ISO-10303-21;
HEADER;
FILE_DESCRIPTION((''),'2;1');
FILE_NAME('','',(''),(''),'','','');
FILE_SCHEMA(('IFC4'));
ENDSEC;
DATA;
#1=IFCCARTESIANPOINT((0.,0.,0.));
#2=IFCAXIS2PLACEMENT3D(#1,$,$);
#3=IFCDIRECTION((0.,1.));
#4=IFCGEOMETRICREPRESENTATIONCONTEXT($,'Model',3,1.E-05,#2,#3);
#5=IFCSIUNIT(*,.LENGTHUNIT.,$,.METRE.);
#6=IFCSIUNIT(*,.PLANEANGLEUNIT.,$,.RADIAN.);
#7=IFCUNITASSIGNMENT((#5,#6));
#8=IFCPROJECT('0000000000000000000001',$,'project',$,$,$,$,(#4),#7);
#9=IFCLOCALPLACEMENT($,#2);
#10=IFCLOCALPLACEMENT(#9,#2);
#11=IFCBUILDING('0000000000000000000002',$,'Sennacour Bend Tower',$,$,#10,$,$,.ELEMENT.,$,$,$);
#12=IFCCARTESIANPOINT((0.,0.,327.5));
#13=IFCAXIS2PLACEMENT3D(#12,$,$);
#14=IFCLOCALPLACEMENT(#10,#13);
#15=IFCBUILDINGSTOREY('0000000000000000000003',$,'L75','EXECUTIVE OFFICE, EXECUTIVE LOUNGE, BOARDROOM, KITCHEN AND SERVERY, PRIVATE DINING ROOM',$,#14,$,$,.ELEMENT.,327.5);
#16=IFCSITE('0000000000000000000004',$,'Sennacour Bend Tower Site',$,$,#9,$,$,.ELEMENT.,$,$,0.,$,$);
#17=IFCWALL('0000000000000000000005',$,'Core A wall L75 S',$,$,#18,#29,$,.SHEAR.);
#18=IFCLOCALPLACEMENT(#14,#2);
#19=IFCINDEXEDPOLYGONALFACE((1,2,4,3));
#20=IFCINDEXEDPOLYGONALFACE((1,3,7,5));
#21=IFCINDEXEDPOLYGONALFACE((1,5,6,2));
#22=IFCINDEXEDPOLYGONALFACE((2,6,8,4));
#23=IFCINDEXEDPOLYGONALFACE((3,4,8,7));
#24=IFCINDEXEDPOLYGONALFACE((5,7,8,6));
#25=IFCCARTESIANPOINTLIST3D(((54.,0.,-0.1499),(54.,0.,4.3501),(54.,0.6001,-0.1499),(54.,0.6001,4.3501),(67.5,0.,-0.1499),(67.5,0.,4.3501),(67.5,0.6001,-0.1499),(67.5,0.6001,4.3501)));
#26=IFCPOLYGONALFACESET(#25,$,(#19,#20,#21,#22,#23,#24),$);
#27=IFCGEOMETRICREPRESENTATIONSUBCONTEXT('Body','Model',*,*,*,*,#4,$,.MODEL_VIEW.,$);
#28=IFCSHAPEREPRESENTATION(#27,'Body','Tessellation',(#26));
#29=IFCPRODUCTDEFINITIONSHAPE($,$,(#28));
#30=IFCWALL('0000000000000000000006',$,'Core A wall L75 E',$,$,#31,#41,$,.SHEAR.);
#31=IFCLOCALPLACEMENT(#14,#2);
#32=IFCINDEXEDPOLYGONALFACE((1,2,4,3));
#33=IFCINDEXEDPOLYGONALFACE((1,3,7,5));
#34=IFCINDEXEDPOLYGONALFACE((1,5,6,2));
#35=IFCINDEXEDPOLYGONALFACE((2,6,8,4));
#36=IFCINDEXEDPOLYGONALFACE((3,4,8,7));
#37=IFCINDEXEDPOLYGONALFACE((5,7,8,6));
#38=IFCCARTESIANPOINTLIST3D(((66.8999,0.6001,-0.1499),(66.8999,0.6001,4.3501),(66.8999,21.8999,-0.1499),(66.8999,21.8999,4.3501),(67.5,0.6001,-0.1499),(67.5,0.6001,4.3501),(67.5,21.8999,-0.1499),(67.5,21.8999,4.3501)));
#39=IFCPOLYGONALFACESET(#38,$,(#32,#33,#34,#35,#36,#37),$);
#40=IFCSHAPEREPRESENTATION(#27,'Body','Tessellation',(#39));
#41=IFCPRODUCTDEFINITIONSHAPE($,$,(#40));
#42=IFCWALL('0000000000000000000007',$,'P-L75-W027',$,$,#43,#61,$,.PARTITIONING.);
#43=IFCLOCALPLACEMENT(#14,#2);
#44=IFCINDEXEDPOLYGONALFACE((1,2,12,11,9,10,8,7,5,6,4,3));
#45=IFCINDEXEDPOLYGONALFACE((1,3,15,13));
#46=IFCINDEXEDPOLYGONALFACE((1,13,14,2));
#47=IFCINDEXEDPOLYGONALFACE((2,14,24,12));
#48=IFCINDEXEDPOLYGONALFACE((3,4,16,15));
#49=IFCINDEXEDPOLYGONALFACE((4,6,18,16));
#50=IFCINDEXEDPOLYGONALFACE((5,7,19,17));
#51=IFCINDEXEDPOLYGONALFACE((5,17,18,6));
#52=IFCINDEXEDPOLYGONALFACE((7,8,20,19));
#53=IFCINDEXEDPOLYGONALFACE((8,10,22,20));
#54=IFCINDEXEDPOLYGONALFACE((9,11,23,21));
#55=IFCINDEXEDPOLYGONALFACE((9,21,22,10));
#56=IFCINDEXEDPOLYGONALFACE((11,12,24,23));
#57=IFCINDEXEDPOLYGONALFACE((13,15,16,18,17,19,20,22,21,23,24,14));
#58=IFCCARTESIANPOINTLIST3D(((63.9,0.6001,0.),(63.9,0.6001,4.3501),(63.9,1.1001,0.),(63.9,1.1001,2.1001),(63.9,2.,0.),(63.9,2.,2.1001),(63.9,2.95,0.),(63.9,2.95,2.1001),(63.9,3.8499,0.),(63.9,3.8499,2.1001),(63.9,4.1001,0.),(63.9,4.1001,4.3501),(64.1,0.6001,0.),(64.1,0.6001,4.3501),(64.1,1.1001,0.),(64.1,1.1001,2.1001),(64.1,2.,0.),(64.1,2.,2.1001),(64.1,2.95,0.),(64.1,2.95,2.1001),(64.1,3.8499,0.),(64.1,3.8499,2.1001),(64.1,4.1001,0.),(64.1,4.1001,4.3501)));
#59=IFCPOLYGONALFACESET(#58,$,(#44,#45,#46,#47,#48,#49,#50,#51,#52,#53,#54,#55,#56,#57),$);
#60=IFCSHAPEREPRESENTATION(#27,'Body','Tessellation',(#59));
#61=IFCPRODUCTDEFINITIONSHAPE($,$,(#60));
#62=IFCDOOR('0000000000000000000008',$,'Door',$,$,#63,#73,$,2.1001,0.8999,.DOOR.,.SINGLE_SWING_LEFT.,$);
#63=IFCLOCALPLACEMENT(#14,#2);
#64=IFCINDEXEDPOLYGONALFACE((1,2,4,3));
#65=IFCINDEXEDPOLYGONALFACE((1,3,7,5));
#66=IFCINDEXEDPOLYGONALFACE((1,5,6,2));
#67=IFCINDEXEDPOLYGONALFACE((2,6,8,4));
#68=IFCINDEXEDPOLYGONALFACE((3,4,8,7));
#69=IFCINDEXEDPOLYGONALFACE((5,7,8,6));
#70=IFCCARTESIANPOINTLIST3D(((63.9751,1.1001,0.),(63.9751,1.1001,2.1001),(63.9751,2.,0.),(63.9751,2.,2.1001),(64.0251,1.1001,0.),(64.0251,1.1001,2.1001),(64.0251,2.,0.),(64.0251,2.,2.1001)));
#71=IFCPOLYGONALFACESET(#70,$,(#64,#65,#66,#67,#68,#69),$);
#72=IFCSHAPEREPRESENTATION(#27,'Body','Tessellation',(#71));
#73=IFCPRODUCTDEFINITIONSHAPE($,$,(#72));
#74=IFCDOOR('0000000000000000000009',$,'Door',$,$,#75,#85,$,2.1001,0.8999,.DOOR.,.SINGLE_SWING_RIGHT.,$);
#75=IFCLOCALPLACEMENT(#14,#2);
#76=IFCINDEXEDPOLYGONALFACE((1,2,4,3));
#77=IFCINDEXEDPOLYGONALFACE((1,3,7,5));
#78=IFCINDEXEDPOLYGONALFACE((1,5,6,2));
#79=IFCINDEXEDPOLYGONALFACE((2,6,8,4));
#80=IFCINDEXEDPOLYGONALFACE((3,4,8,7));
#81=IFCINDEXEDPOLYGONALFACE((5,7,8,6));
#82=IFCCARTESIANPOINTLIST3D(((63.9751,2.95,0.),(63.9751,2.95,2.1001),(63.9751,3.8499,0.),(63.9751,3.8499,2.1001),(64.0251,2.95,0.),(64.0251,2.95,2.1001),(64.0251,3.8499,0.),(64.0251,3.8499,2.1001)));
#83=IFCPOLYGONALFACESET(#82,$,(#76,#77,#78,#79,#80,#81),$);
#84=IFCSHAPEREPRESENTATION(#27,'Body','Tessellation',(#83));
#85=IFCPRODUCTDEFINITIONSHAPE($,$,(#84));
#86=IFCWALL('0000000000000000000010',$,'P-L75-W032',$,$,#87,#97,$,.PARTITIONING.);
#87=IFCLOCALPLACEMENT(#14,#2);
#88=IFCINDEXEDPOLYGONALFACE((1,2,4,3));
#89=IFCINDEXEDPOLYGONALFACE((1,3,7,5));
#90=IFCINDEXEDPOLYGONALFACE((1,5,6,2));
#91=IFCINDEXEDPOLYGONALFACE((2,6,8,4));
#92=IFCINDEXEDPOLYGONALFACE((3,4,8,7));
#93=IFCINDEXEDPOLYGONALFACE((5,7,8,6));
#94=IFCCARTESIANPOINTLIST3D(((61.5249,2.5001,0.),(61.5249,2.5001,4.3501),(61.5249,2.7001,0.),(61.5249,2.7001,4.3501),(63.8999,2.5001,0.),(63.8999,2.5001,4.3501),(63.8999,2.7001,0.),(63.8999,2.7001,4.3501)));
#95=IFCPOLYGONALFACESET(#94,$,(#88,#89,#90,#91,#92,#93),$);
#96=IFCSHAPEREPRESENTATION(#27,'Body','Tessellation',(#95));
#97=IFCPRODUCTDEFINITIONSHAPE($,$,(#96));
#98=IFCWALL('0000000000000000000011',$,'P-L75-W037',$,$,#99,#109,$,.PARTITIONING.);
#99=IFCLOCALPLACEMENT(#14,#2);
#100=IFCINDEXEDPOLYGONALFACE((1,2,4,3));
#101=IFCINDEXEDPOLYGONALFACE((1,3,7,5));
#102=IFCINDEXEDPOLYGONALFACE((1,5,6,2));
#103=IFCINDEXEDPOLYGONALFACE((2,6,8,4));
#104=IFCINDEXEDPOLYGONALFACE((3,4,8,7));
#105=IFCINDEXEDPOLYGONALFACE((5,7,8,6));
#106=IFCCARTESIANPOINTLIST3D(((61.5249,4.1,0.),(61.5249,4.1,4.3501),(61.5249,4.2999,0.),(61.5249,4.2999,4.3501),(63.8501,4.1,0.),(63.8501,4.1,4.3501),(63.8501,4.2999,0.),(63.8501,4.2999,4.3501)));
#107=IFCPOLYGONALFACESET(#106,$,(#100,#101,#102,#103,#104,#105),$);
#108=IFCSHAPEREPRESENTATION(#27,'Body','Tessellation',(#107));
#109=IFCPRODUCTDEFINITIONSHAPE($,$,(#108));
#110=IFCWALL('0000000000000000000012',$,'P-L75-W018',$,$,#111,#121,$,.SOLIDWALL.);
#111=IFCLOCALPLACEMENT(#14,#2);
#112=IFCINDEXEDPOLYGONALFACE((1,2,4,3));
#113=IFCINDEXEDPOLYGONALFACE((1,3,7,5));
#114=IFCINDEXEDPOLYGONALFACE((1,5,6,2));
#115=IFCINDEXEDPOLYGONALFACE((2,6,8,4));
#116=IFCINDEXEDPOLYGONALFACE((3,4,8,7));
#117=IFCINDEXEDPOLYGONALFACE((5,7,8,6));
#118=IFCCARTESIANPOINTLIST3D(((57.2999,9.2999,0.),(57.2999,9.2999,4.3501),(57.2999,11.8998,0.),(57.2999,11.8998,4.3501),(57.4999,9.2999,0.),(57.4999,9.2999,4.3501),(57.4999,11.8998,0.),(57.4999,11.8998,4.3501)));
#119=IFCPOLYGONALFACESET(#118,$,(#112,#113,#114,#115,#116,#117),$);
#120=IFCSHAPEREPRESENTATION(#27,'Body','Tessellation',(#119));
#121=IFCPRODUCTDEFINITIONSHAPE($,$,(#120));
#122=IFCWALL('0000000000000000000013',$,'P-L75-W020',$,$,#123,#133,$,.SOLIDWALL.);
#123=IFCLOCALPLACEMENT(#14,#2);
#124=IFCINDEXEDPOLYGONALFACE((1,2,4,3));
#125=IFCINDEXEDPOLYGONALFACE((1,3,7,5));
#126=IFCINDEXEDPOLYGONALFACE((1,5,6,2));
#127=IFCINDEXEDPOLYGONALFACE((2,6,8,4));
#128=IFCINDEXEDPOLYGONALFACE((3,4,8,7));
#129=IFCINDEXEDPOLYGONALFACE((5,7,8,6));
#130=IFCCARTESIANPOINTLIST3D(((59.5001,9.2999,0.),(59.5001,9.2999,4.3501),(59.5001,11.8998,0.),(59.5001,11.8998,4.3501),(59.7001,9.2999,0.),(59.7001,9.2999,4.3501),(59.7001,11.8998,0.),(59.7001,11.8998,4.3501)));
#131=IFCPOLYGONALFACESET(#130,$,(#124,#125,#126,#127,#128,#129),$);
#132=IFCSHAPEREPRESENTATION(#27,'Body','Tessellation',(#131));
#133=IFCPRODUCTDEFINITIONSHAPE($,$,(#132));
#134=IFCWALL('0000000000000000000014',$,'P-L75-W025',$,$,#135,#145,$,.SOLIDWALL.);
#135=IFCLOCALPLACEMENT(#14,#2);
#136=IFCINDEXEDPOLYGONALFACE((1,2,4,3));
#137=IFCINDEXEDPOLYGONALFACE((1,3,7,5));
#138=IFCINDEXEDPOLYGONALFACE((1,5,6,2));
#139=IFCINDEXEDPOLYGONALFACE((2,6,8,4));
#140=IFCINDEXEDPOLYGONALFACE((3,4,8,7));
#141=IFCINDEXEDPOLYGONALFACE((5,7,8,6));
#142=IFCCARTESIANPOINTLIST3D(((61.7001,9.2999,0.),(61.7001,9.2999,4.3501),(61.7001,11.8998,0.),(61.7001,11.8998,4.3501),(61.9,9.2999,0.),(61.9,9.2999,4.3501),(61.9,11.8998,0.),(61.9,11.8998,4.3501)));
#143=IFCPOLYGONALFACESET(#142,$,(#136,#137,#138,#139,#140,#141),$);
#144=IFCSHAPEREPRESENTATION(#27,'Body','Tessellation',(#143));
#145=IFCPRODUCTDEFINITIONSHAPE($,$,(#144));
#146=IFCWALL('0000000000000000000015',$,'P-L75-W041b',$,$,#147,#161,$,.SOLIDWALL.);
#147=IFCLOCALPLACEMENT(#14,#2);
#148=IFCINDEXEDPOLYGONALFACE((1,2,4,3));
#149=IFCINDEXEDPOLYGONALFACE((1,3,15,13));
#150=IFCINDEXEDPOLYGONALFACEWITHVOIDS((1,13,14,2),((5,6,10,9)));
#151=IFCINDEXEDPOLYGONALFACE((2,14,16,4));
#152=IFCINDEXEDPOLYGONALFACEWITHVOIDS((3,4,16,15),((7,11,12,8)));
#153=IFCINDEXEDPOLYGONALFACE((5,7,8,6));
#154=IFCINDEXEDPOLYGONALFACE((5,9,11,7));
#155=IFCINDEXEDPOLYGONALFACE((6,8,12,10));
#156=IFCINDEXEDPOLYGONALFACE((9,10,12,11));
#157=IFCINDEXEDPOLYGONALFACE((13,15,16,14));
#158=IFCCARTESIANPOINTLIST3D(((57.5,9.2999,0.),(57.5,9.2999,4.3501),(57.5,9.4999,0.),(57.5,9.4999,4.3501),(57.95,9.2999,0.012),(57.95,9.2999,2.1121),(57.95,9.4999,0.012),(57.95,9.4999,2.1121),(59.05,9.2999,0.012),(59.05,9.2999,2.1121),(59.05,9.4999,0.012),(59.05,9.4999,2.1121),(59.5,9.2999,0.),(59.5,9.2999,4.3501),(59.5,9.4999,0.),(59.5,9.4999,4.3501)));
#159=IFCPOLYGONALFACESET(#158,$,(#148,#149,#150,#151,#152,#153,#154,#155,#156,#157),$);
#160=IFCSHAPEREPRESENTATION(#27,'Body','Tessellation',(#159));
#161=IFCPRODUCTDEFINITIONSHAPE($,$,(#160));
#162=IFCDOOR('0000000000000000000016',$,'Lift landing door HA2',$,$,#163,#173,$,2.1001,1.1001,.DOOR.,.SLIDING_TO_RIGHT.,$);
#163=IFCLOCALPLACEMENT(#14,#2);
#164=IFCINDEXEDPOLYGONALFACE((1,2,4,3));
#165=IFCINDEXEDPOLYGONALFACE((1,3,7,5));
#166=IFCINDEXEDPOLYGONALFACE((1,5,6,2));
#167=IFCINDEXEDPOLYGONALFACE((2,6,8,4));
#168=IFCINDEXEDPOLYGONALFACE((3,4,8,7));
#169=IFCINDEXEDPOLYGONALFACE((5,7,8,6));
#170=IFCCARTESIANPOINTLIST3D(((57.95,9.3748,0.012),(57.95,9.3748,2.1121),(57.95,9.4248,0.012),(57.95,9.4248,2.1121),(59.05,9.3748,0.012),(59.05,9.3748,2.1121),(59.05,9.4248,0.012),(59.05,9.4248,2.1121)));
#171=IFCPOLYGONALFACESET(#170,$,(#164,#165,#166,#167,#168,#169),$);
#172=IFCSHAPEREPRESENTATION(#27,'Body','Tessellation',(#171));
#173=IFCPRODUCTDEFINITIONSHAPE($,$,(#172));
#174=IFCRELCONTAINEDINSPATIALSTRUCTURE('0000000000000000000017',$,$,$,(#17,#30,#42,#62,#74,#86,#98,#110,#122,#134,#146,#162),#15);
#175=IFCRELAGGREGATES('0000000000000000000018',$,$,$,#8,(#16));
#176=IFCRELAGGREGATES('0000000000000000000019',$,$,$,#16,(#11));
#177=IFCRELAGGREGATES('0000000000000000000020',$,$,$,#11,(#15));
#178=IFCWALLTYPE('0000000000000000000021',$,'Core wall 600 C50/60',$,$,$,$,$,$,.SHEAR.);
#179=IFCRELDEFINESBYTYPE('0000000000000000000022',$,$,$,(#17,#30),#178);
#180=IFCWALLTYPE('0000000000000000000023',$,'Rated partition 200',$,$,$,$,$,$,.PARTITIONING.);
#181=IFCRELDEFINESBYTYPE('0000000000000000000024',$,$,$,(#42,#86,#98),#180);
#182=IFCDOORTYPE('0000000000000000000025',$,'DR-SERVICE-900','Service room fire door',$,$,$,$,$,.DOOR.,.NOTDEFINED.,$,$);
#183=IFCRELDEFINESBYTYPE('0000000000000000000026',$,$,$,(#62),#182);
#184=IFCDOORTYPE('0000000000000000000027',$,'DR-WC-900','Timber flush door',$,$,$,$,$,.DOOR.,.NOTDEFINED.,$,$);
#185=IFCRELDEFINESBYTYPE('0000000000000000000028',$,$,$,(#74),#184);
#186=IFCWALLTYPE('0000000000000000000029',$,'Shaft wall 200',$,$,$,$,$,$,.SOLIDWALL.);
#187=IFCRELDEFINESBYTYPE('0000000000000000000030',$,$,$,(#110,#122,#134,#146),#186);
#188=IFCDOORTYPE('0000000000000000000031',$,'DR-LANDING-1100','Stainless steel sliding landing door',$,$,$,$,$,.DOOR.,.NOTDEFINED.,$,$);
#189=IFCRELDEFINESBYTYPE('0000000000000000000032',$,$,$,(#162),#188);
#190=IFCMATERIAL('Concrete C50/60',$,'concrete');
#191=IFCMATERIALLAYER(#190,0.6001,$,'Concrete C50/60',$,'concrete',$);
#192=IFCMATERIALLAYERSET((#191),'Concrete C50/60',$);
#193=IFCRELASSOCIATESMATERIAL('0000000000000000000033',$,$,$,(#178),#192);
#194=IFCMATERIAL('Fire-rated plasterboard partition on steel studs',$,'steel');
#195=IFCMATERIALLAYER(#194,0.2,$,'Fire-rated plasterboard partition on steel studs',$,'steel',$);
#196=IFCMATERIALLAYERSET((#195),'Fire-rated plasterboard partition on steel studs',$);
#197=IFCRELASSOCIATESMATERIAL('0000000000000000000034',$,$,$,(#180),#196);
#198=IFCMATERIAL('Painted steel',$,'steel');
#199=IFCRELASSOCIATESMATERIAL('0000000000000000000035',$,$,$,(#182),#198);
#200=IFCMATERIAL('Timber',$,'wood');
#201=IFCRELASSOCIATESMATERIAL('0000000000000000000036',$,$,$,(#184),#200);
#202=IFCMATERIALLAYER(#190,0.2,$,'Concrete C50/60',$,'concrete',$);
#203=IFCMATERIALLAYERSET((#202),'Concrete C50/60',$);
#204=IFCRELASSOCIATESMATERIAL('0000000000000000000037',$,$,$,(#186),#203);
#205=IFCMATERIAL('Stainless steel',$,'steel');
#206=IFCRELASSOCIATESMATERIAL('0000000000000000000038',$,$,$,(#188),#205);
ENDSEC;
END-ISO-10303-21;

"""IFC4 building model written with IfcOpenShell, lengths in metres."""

from ifc_helpers import new_model, si_unit, direction, frame, frame_2d, origin, place, context, subcontext, project, spatial, rectangle, extrude, material, layer, layer_set, type_object, element, fill, save


model = new_model("IFC4")

# Units and contexts
model_context = context("Model", 3, precision=1e-05, world=origin(), true_north=direction((0.0, 1.0)))
body_context = subcontext(model_context, "Body", "Model", "MODEL_VIEW")
ifc_project = project(units=[si_unit("LENGTHUNIT", "METRE"), si_unit("PLANEANGLEUNIT", "RADIAN")], contexts=[model_context])

# Site, building, storey
site_placement = place(None, origin())
site = spatial("IfcSite", under=ifc_project, at=site_placement, Name="Sennacour Bend Tower Site", CompositionType="ELEMENT", RefElevation=0.0)
building_placement = place(site_placement, origin())
building = spatial("IfcBuilding", under=site, at=building_placement, Name="Sennacour Bend Tower", CompositionType="ELEMENT")
storey_placement = place(building_placement, frame((0.0, 0.0, 327.5)))
storey = spatial("IfcBuildingStorey", under=building, at=storey_placement, Name="L75", Description="EXECUTIVE OFFICE, EXECUTIVE LOUNGE, BOARDROOM, KITCHEN AND SERVERY, PRIVATE DINING ROOM", CompositionType="ELEMENT", Elevation=327.5)

# Walls
ifc_material_1 = material(Name="Concrete C50/60", Category="concrete")
ifc_layer_1 = layer(ifc_material_1, 0.6001, Name="Concrete C50/60", Category="concrete")
ifc_layer_set_1 = layer_set([ifc_layer_1], Name="Concrete C50/60")
wall_type_1 = type_object("IfcWallType", Name="Core wall 600 C50/60", PredefinedType="SHEAR", material=ifc_layer_set_1)
wall_1_placement = place(storey_placement, frame((67.5, 0.3, -0.1499), z_axis=(0.0, 0.0, 1.0), x_axis=(-1.0, 0.0, 0.0)))
element("IfcWall", 1, at=wall_1_placement, inside=storey, type_object=wall_type_1, Name="Core A wall L75 S", PredefinedType="SHEAR", context=body_context, shape_type="SweptSolid", body=[
    extrude(rectangle(XDim=13.5, YDim=0.6001, at=frame_2d((6.75, 0.0))), origin(), (0.0, 0.0, 1.0), 4.5),
])
wall_2_placement = place(storey_placement, frame((67.2, 0.6001, -0.1499), z_axis=(0.0, 0.0, 1.0), x_axis=(0.0, 1.0, 0.0)))
element("IfcWall", 2, at=wall_2_placement, inside=storey, type_object=wall_type_1, Name="Core A wall L75 E", PredefinedType="SHEAR", context=body_context, shape_type="SweptSolid", body=[
    extrude(rectangle(XDim=21.2998, YDim=0.6001, at=frame_2d((10.6499, 0.0))), origin(), (0.0, 0.0, 1.0), 4.5),
])

# Wall, openings, doors
ifc_material_2 = material(Name="Fire-rated plasterboard partition on steel studs", Category="steel")
ifc_layer_2 = layer(ifc_material_2, 0.2, Name="Fire-rated plasterboard partition on steel studs", Category="steel")
ifc_layer_set_2 = layer_set([ifc_layer_2], Name="Fire-rated plasterboard partition on steel studs")
wall_type_2 = type_object("IfcWallType", Name="Rated partition 200", PredefinedType="PARTITIONING", material=ifc_layer_set_2)
wall_3_placement = place(storey_placement, frame((64.0, 0.6001, 0.0), z_axis=(0.0, 0.0, 1.0), x_axis=(0.0, 1.0, 0.0)))
wall_3 = element("IfcWall", 3, at=wall_3_placement, inside=storey, type_object=wall_type_2, Name="P-L75-W027", PredefinedType="PARTITIONING", context=body_context, shape_type="SweptSolid", body=[
    extrude(rectangle(XDim=3.5, YDim=0.2, at=frame_2d((1.75, 0.0))), origin(), (0.0, 0.0, 1.0), 4.3501),
])
opening_1_placement = place(wall_3_placement, frame((0.5, 0.0, 0.0)))
opening_1 = element("IfcOpeningElement", 4, at=opening_1_placement, cuts=wall_3, PredefinedType="OPENING", context=body_context, shape_type="SweptSolid", body=[
    extrude(rectangle(XDim=0.8999, YDim=2.1001, at=frame_2d((0.45, 1.05))), frame((0.0, 0.1099, 0.0), z_axis=(0.0, -1.0, 0.0), x_axis=(1.0, 0.0, 0.0)), (0.0, 0.0, 1.0), 0.22),
])
opening_2_placement = place(wall_3_placement, frame((2.3499, 0.0, 0.0)))
opening_2 = element("IfcOpeningElement", 5, at=opening_2_placement, cuts=wall_3, PredefinedType="OPENING", context=body_context, shape_type="SweptSolid", body=[
    extrude(rectangle(XDim=0.8999, YDim=2.1001, at=frame_2d((0.45, 1.05))), frame((0.0, 0.1099, 0.0), z_axis=(0.0, -1.0, 0.0), x_axis=(1.0, 0.0, 0.0)), (0.0, 0.0, 1.0), 0.22),
])
ifc_material_3 = material(Name="Painted steel", Category="steel")
door_type_1 = type_object("IfcDoorType", Name="DR-SERVICE-900", Description="Service room fire door", OperationType="NOTDEFINED", PredefinedType="DOOR", material=ifc_material_3)
door_1_placement = place(opening_1_placement, origin())
door_1 = element("IfcDoor", 6, at=door_1_placement, inside=storey, type_object=door_type_1, Name="Door", OperationType="SINGLE_SWING_LEFT", OverallHeight=2.1001, OverallWidth=0.8999, PredefinedType="DOOR", context=body_context, shape_type="SweptSolid", body=[
    extrude(rectangle(XDim=0.8999, YDim=2.1001, at=frame_2d((0.45, 1.05))), frame((0.0, 0.0249, 0.0), z_axis=(0.0, -1.0, 0.0), x_axis=(1.0, 0.0, 0.0)), (0.0, 0.0, 1.0), 0.05),
])
fill(opening_1, door_1)
ifc_material_4 = material(Name="Timber", Category="wood")
door_type_2 = type_object("IfcDoorType", Name="DR-WC-900", Description="Timber flush door", OperationType="NOTDEFINED", PredefinedType="DOOR", material=ifc_material_4)
door_2_placement = place(opening_2_placement, origin())
door_2 = element("IfcDoor", 7, at=door_2_placement, inside=storey, type_object=door_type_2, Name="Door", OperationType="SINGLE_SWING_RIGHT", OverallHeight=2.1001, OverallWidth=0.8999, PredefinedType="DOOR", context=body_context, shape_type="SweptSolid", body=[
    extrude(rectangle(XDim=0.8999, YDim=2.1001, at=frame_2d((0.45, 1.05))), frame((0.0, 0.0249, 0.0), z_axis=(0.0, -1.0, 0.0), x_axis=(1.0, 0.0, 0.0)), (0.0, 0.0, 1.0), 0.05),
])
fill(opening_2, door_2)

# Walls
wall_4_placement = place(storey_placement, frame((61.5249, 2.6001, 0.0), z_axis=(0.0, 0.0, 1.0), x_axis=(1.0, 0.0, 0.0)))
element("IfcWall", 8, at=wall_4_placement, inside=storey, type_object=wall_type_2, Name="P-L75-W032", PredefinedType="PARTITIONING", context=body_context, shape_type="SweptSolid", body=[
    extrude(rectangle(XDim=2.375, YDim=0.2, at=frame_2d((1.1875, 0.0))), origin(), (0.0, 0.0, 1.0), 4.3501),
])
wall_5_placement = place(storey_placement, frame((61.5249, 4.2, 0.0), z_axis=(0.0, 0.0, 1.0), x_axis=(1.0, 0.0, 0.0)))
element("IfcWall", 9, at=wall_5_placement, inside=storey, type_object=wall_type_2, Name="P-L75-W037", PredefinedType="PARTITIONING", context=body_context, shape_type="SweptSolid", body=[
    extrude(rectangle(XDim=2.3252, YDim=0.2, at=frame_2d((1.1626, 0.0))), origin(), (0.0, 0.0, 1.0), 4.3501),
])
ifc_layer_3 = layer(ifc_material_1, 0.2, Name="Concrete C50/60", Category="concrete")
ifc_layer_set_3 = layer_set([ifc_layer_3], Name="Concrete C50/60")
wall_type_3 = type_object("IfcWallType", Name="Shaft wall 200", PredefinedType="SOLIDWALL", material=ifc_layer_set_3)
for number, where, z_axis, x_axis, name in (
    (10, (57.3999, 9.3, 0.0), (0.0, 0.0, 1.0), (0.0, 1.0, 0.0), "P-L75-W018"),
    (11, (59.6001, 9.3, 0.0), (0.0, 0.0, 1.0), (0.0, 1.0, 0.0), "P-L75-W020"),
    (12, (61.8, 9.3, 0.0), (0.0, 0.0, 1.0), (0.0, 1.0, 0.0), "P-L75-W025"),
):
    element("IfcWall", number, at=place(storey_placement, frame(where, z_axis=z_axis, x_axis=x_axis)), inside=storey, type_object=wall_type_3, Name=name, PredefinedType="SOLIDWALL", context=body_context, shape_type="SweptSolid", body=[
        extrude(rectangle(XDim=2.5999, YDim=0.2, at=frame_2d((1.2998, 0.0))), origin(), (0.0, 0.0, 1.0), 4.3501),
    ])

# Wall, opening, door
wall_6_placement = place(storey_placement, frame((57.5, 9.3999, 0.0), z_axis=(0.0, 0.0, 1.0), x_axis=(1.0, 0.0, 0.0)))
wall_6 = element("IfcWall", 13, at=wall_6_placement, inside=storey, type_object=wall_type_3, Name="P-L75-W041b", PredefinedType="SOLIDWALL", context=body_context, shape_type="SweptSolid", body=[
    extrude(rectangle(XDim=2.0, YDim=0.2, at=frame_2d((1.0, 0.0))), origin(), (0.0, 0.0, 1.0), 4.3501),
])
opening_3_placement = place(wall_6_placement, frame((0.45, 0.0, 0.012)))
opening_3 = element("IfcOpeningElement", 14, at=opening_3_placement, cuts=wall_6, PredefinedType="OPENING", context=body_context, shape_type="SweptSolid", body=[
    extrude(rectangle(XDim=1.1001, YDim=2.1001, at=frame_2d((0.55, 1.05))), frame((0.0, 0.1099, 0.0), z_axis=(0.0, -1.0, 0.0), x_axis=(1.0, 0.0, 0.0)), (0.0, 0.0, 1.0), 0.22),
])
ifc_material_5 = material(Name="Stainless steel", Category="steel")
door_type_3 = type_object("IfcDoorType", Name="DR-LANDING-1100", Description="Stainless steel sliding landing door", OperationType="NOTDEFINED", PredefinedType="DOOR", material=ifc_material_5)
door_3_placement = place(opening_3_placement, origin())
door_3 = element("IfcDoor", 15, at=door_3_placement, inside=storey, type_object=door_type_3, Name="Lift landing door HA2", OperationType="SLIDING_TO_RIGHT", OverallHeight=2.1001, OverallWidth=1.1001, PredefinedType="DOOR", context=body_context, shape_type="SweptSolid", body=[
    extrude(rectangle(XDim=1.1001, YDim=2.1001, at=frame_2d((0.55, 1.05))), frame((0.0, 0.0249, 0.0), z_axis=(0.0, -1.0, 0.0), x_axis=(1.0, 0.0, 0.0)), (0.0, 0.0, 1.0), 0.05),
])
fill(opening_3, door_3)

save(model, "model.ifc")
